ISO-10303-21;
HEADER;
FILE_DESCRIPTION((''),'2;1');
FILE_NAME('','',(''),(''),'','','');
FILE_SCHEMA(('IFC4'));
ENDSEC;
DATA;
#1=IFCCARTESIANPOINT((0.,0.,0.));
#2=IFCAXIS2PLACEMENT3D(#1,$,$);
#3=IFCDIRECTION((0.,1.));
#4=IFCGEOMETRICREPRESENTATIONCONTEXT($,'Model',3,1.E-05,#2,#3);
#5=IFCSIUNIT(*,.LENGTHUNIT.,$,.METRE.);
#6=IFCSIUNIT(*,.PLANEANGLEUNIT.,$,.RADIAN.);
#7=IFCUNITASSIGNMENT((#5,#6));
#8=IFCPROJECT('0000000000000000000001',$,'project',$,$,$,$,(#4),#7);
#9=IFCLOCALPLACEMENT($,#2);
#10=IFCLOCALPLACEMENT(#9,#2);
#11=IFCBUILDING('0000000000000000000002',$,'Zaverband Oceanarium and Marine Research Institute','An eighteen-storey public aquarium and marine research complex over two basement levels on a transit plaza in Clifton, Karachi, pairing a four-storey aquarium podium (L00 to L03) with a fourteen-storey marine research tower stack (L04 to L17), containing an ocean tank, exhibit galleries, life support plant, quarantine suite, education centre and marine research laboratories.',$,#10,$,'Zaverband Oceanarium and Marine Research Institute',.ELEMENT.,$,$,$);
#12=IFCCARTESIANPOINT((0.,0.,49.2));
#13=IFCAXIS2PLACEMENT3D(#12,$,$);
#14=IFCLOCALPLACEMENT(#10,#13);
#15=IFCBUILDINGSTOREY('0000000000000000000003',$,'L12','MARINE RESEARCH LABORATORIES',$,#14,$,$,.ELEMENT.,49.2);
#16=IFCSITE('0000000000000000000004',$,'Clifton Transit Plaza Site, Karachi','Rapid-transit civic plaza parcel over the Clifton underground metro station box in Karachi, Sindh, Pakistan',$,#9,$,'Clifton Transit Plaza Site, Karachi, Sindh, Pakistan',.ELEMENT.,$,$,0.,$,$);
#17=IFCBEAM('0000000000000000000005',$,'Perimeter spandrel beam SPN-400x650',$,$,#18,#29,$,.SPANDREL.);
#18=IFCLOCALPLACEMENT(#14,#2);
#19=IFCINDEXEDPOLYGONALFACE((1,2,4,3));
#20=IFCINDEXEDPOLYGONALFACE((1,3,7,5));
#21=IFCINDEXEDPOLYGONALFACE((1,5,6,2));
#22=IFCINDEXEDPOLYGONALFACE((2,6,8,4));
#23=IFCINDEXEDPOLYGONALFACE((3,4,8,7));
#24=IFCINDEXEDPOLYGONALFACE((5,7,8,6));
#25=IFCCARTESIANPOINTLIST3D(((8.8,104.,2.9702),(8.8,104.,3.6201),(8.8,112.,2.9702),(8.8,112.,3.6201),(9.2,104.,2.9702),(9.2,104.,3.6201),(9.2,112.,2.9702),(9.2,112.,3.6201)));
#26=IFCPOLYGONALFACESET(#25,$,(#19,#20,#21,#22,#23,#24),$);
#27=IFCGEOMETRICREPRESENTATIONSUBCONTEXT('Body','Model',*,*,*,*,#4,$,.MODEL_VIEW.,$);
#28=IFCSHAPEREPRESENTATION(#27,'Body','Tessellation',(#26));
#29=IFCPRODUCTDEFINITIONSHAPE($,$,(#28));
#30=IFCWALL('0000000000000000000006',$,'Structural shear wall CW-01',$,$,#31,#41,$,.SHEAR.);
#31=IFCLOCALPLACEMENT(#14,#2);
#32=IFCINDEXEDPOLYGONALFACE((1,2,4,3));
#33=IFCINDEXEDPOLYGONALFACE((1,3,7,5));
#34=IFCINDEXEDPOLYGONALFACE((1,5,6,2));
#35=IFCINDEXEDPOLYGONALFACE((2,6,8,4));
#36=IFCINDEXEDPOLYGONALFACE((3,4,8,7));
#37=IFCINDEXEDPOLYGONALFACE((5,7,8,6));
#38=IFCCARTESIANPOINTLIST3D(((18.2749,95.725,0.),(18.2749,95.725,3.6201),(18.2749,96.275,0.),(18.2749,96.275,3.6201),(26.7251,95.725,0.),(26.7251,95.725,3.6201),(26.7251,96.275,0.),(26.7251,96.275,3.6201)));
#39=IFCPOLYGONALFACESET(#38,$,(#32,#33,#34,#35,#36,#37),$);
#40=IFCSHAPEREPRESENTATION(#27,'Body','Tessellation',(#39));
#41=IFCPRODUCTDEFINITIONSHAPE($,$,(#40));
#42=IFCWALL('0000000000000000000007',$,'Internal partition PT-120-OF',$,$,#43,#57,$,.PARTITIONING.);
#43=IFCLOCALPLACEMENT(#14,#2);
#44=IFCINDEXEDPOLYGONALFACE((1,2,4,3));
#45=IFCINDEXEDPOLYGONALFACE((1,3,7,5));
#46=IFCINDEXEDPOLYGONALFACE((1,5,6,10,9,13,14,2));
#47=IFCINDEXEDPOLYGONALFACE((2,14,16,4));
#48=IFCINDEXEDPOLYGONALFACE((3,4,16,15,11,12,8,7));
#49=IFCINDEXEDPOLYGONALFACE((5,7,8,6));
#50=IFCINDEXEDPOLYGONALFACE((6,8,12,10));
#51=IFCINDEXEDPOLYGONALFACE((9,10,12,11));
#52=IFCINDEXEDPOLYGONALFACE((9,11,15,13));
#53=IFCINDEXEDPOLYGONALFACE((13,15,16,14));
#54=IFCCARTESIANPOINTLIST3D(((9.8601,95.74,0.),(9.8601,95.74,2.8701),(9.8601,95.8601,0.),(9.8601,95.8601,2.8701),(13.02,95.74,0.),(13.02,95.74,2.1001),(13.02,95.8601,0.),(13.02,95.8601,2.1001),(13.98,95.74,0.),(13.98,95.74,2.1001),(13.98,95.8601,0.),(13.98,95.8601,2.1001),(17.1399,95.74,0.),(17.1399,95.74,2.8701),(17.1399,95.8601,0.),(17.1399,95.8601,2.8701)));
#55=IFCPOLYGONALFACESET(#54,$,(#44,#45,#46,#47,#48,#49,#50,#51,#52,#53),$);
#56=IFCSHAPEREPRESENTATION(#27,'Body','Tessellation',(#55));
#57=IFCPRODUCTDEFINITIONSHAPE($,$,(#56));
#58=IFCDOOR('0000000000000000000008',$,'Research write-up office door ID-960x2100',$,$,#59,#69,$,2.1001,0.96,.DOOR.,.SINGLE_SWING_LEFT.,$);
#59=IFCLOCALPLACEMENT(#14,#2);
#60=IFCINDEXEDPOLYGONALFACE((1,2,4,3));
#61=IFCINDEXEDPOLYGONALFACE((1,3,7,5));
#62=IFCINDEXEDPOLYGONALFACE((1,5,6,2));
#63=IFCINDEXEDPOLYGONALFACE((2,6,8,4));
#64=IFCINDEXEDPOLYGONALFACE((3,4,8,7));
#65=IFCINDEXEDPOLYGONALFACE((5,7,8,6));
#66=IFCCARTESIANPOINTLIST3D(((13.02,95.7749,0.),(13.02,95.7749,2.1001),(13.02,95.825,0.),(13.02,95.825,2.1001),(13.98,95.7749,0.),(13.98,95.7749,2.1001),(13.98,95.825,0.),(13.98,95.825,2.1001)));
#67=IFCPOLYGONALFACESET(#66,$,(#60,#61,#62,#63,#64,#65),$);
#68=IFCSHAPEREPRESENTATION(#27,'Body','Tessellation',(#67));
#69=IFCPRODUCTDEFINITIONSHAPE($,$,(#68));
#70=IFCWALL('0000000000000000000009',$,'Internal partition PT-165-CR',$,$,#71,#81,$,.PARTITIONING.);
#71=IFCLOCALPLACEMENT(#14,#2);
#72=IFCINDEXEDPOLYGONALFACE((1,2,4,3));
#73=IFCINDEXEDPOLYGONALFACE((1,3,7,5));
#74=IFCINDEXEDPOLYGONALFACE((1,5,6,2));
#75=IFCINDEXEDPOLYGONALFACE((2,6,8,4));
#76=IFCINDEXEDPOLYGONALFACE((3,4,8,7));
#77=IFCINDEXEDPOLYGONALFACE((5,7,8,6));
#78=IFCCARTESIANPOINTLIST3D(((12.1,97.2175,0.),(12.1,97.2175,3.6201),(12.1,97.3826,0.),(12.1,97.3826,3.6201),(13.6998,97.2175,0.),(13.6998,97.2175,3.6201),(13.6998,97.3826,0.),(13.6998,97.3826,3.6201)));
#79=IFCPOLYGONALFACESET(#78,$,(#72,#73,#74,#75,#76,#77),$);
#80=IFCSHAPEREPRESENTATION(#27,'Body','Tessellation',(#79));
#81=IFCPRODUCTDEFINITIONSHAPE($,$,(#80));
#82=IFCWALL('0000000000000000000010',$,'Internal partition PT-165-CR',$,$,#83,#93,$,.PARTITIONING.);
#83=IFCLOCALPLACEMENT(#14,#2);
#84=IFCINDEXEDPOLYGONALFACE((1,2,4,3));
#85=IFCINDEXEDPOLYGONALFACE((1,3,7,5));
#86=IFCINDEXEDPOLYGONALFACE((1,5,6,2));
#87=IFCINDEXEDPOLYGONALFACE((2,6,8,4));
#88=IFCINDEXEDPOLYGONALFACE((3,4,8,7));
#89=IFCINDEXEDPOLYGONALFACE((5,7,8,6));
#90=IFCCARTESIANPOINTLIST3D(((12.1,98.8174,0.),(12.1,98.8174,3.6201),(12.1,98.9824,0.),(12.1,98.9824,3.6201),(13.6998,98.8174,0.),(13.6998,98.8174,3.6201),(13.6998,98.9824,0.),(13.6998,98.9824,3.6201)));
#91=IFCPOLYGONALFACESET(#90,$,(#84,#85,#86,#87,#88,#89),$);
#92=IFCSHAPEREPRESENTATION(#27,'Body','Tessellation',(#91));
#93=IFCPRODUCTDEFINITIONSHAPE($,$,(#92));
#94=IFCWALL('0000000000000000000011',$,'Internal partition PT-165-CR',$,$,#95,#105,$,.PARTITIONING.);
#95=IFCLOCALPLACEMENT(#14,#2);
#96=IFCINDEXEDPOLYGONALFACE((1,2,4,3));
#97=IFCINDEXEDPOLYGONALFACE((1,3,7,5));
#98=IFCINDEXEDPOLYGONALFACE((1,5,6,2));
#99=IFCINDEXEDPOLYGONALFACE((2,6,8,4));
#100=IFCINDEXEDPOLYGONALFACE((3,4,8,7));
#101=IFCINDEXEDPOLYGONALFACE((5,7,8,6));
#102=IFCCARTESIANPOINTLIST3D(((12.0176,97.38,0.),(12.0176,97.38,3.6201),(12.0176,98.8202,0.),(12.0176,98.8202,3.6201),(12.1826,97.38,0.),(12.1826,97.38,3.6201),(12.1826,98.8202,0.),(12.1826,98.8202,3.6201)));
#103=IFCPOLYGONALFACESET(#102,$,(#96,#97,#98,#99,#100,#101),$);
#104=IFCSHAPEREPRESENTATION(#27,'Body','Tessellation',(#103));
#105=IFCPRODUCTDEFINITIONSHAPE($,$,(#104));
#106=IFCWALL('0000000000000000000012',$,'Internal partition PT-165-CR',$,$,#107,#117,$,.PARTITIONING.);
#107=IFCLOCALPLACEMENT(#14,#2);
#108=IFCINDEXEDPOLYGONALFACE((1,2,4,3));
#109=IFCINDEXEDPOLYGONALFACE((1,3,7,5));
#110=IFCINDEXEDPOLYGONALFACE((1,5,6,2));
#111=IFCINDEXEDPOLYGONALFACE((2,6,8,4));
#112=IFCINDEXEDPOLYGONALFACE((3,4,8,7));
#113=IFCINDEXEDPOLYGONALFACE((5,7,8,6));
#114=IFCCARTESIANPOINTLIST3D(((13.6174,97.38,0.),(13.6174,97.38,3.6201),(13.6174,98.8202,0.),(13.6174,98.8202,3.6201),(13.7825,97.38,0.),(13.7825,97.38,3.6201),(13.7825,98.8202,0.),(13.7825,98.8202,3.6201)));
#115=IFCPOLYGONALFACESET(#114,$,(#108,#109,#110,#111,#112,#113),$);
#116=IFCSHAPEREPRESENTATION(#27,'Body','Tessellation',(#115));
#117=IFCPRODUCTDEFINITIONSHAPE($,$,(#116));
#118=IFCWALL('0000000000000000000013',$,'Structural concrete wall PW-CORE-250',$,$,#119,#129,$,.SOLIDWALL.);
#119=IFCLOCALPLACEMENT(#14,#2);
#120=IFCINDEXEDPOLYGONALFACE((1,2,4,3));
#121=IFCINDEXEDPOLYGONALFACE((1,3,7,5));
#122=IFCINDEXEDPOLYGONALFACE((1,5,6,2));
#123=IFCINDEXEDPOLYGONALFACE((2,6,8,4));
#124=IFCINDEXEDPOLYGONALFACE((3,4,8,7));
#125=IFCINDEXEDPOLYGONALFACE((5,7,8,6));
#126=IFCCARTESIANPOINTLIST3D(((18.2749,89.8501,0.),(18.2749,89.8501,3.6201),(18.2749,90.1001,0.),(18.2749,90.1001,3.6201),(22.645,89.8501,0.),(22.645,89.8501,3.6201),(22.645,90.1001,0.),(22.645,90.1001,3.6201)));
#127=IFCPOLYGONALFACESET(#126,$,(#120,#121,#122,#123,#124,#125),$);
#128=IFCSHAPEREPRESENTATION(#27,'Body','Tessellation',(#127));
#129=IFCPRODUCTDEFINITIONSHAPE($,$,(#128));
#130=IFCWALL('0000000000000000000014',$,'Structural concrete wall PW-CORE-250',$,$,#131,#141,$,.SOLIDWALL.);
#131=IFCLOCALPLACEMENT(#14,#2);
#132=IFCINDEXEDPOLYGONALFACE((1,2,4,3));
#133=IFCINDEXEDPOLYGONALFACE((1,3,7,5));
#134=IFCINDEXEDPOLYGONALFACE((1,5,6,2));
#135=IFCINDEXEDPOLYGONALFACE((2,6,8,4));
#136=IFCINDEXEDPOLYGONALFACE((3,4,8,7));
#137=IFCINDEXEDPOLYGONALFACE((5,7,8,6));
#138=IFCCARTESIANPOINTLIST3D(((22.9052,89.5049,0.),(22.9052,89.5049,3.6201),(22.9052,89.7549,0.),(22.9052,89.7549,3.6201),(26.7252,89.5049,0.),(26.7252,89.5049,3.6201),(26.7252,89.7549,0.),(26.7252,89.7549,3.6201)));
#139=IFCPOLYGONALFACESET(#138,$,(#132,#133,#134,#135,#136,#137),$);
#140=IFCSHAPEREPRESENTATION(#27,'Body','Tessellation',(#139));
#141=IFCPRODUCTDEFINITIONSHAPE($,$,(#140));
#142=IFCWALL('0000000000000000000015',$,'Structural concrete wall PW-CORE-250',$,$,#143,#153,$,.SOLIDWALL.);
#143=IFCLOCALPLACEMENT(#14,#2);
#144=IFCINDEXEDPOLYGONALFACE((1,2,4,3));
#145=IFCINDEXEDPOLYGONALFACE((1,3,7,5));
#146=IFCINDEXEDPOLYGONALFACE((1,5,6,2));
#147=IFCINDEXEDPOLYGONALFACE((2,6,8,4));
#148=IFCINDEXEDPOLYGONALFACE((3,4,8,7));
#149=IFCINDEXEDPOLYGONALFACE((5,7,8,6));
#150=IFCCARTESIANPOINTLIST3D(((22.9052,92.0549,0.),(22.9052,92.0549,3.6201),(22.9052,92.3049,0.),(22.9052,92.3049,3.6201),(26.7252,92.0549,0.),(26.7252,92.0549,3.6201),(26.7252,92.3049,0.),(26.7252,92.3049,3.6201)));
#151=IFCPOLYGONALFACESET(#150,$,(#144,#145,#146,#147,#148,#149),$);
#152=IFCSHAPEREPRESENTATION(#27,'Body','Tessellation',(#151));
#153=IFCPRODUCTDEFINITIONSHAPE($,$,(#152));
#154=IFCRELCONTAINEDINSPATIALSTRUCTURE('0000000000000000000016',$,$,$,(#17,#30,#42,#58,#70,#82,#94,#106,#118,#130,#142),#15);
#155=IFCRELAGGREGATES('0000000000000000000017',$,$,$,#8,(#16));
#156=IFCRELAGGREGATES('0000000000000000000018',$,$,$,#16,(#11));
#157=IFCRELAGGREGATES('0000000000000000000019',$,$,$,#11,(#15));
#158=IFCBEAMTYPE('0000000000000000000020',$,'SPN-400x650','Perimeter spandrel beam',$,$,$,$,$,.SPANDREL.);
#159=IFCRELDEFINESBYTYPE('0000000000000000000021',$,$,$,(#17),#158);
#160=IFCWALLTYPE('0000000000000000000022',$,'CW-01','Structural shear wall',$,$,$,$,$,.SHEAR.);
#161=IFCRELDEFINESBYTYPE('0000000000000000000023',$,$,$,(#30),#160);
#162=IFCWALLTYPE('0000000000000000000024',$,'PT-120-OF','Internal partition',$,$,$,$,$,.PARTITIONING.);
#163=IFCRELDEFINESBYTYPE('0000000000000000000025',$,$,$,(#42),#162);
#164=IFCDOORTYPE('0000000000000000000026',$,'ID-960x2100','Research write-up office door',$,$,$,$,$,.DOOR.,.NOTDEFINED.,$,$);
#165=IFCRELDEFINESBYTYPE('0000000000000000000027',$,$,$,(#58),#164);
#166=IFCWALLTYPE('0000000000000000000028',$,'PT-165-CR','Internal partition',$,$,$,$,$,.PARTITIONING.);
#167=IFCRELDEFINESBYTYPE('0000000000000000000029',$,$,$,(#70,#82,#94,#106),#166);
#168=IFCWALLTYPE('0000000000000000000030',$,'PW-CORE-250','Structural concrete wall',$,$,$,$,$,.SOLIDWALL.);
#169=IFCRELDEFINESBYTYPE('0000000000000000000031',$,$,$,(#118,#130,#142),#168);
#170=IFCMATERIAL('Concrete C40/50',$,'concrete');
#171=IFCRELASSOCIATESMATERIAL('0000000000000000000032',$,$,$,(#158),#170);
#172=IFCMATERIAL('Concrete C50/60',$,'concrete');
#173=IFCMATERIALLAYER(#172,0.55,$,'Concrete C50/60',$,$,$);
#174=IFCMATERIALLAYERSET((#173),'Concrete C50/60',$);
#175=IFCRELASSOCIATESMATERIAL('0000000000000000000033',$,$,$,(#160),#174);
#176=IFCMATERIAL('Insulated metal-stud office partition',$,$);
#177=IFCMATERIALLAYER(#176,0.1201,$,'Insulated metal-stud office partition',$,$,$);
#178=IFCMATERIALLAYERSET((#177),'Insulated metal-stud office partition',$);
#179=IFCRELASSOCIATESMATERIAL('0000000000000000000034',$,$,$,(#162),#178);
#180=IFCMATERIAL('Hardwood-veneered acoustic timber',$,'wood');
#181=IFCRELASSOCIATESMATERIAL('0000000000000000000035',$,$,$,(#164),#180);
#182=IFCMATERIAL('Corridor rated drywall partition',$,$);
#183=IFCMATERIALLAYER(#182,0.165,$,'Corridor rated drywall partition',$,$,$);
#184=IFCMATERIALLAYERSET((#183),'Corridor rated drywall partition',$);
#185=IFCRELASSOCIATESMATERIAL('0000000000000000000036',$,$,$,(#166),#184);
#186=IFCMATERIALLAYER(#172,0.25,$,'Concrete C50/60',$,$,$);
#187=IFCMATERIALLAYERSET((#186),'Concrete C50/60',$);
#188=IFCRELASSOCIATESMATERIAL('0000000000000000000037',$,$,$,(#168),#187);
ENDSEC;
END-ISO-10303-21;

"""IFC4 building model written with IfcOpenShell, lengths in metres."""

from ifc_helpers import new_model, si_unit, direction, frame, frame_2d, origin, origin_2d, place, context, subcontext, project, spatial, rectangle, extrude, material, layer, layer_set, material_profile, profile_set, type_object, element, fill, save


model = new_model("IFC4")

# Units and contexts
model_context = context("Model", 3, precision=1e-05, world=origin(), true_north=direction((0.0, 1.0)))
body_context = subcontext(model_context, "Body", "Model", "MODEL_VIEW")
ifc_project = project(units=[si_unit("LENGTHUNIT", "METRE"), si_unit("PLANEANGLEUNIT", "RADIAN")], contexts=[model_context])

# Site, building, storey
site_placement = place(None, origin())
site = spatial("IfcSite", under=ifc_project, at=site_placement, Name="Clifton Transit Plaza Site, Karachi", Description="Rapid-transit civic plaza parcel over the Clifton underground metro station box in Karachi, Sindh, Pakistan", LongName="Clifton Transit Plaza Site, Karachi, Sindh, Pakistan", CompositionType="ELEMENT", RefElevation=0.0)
building_placement = place(site_placement, origin())
building = spatial("IfcBuilding", under=site, at=building_placement, Name="Zaverband Oceanarium and Marine Research Institute", Description="An eighteen-storey public aquarium and marine research complex over two basement levels on a transit plaza in Clifton, Karachi, pairing a four-storey aquarium podium (L00 to L03) with a fourteen-storey marine research tower stack (L04 to L17), containing an ocean tank, exhibit galleries, life support plant, quarantine suite, education centre and marine research laboratories.", LongName="Zaverband Oceanarium and Marine Research Institute", CompositionType="ELEMENT")
storey_placement = place(building_placement, frame((0.0, 0.0, 49.2)))
storey = spatial("IfcBuildingStorey", under=building, at=storey_placement, Name="L12", Description="MARINE RESEARCH LABORATORIES", CompositionType="ELEMENT", Elevation=49.2)

# Shared definitions
ifc_material_1 = material(Name="Concrete C50/60", Category="concrete")

# Shared definitions
ifc_material_2 = material(Name="Concrete C40/50", Category="concrete")

# Beam
ifc_material_profile_1 = material_profile(ifc_material_2, rectangle(XDim=0.3999, YDim=0.6499, at=origin_2d()), Name="RC400x650")
ifc_profile_set_1 = profile_set([ifc_material_profile_1], Name="Concrete C40/50")
beam_type_1 = type_object("IfcBeamType", Name="SPN-400x650", Description="Perimeter spandrel beam", PredefinedType="SPANDREL", material=ifc_profile_set_1)
beam_1_placement = place(storey_placement, frame((9.0, 104.0, 3.2952), z_axis=(0.0, 1.0, 0.0), x_axis=(-1.0, 0.0, 0.0)))
element("IfcBeam", 1, at=beam_1_placement, inside=storey, type_object=beam_type_1, Name="Perimeter spandrel beam SPN-400x650", PredefinedType="SPANDREL", context=body_context, shape_type="SweptSolid", body=[
    extrude(rectangle(XDim=0.3999, YDim=0.6499, at=origin_2d()), origin(), (0.0, 0.0, 1.0), 8.0),
])

# Wall
ifc_layer_1 = layer(ifc_material_1, 0.55, Name="Concrete C50/60")
ifc_layer_set_1 = layer_set([ifc_layer_1], Name="Concrete C50/60")
wall_type_1 = type_object("IfcWallType", Name="CW-01", Description="Structural shear wall", PredefinedType="SHEAR", material=ifc_layer_set_1)
wall_1_placement = place(storey_placement, frame((18.2749, 96.0, 0.0), z_axis=(0.0, 0.0, 1.0), x_axis=(1.0, 0.0, 0.0)))
element("IfcWall", 2, at=wall_1_placement, inside=storey, type_object=wall_type_1, Name="Structural shear wall CW-01", PredefinedType="SHEAR", context=body_context, shape_type="SweptSolid", body=[
    extrude(rectangle(XDim=8.4502, YDim=0.55, at=frame_2d((4.2251, 0.0))), origin(), (0.0, 0.0, 1.0), 3.6201),
])

# Wall, opening, door
ifc_material_3 = material(Name="Insulated metal-stud office partition")
ifc_layer_2 = layer(ifc_material_3, 0.1201, Name="Insulated metal-stud office partition")
ifc_layer_set_2 = layer_set([ifc_layer_2], Name="Insulated metal-stud office partition")
wall_type_2 = type_object("IfcWallType", Name="PT-120-OF", Description="Internal partition", PredefinedType="PARTITIONING", material=ifc_layer_set_2)
wall_2_placement = place(storey_placement, frame((9.8601, 95.8, 0.0), z_axis=(0.0, 0.0, 1.0), x_axis=(1.0, 0.0, 0.0)))
wall_2 = element("IfcWall", 3, at=wall_2_placement, inside=storey, type_object=wall_type_2, Name="Internal partition PT-120-OF", PredefinedType="PARTITIONING", context=body_context, shape_type="SweptSolid", body=[
    extrude(rectangle(XDim=7.2798, YDim=0.1201, at=frame_2d((3.6399, 0.0))), origin(), (0.0, 0.0, 1.0), 2.8701),
])
opening_placement = place(wall_2_placement, frame((3.1599, 0.0, 0.0)))
opening = element("IfcOpeningElement", 4, at=opening_placement, cuts=wall_2, PredefinedType="OPENING", context=body_context, shape_type="SweptSolid", body=[
    extrude(rectangle(XDim=0.96, YDim=2.1001, at=frame_2d((0.48, 1.05))), frame((0.0, 0.072, 0.0), z_axis=(0.0, -1.0, 0.0), x_axis=(1.0, 0.0, 0.0)), (0.0, 0.0, 1.0), 0.144),
])
ifc_material_4 = material(Name="Hardwood-veneered acoustic timber", Category="wood")
door_type = type_object("IfcDoorType", Name="ID-960x2100", Description="Research write-up office door", OperationType="NOTDEFINED", PredefinedType="DOOR", material=ifc_material_4)
door_placement = place(opening_placement, origin())
door = element("IfcDoor", 5, at=door_placement, inside=storey, type_object=door_type, Name="Research write-up office door ID-960x2100", OperationType="SINGLE_SWING_LEFT", OverallHeight=2.1001, OverallWidth=0.96, PredefinedType="DOOR", context=body_context, shape_type="SweptSolid", body=[
    extrude(rectangle(XDim=0.96, YDim=2.1001, at=frame_2d((0.48, 1.05))), frame((0.0, 0.0249, 0.0), z_axis=(0.0, -1.0, 0.0), x_axis=(1.0, 0.0, 0.0)), (0.0, 0.0, 1.0), 0.05),
])
fill(opening, door)

# Walls
ifc_material_5 = material(Name="Corridor rated drywall partition")
ifc_layer_3 = layer(ifc_material_5, 0.165, Name="Corridor rated drywall partition")
ifc_layer_set_3 = layer_set([ifc_layer_3], Name="Corridor rated drywall partition")
wall_type_3 = type_object("IfcWallType", Name="PT-165-CR", Description="Internal partition", PredefinedType="PARTITIONING", material=ifc_layer_set_3)
for number, where, z_axis, x_axis, name in (
    (6, (12.1001, 97.3, 0.0), (0.0, 0.0, 1.0), (1.0, 0.0, 0.0), "Internal partition PT-165-CR"),
    (7, (12.1001, 98.8999, 0.0), (0.0, 0.0, 1.0), (1.0, 0.0, 0.0), "Internal partition PT-165-CR"),
):
    element("IfcWall", number, at=place(storey_placement, frame(where, z_axis=z_axis, x_axis=x_axis)), inside=storey, type_object=wall_type_3, Name=name, PredefinedType="PARTITIONING", context=body_context, shape_type="SweptSolid", body=[
        extrude(rectangle(XDim=1.5999, YDim=0.165, at=frame_2d((0.7998, 0.0))), origin(), (0.0, 0.0, 1.0), 3.6201),
    ])
for number, where, z_axis, x_axis, name in (
    (8, (12.1001, 97.3799, 0.0), (0.0, 0.0, 1.0), (0.0, 1.0, 0.0), "Internal partition PT-165-CR"),
    (9, (13.7, 97.3799, 0.0), (0.0, 0.0, 1.0), (0.0, 1.0, 0.0), "Internal partition PT-165-CR"),
):
    element("IfcWall", number, at=place(storey_placement, frame(where, z_axis=z_axis, x_axis=x_axis)), inside=storey, type_object=wall_type_3, Name=name, PredefinedType="PARTITIONING", context=body_context, shape_type="SweptSolid", body=[
        extrude(rectangle(XDim=1.4402, YDim=0.165, at=frame_2d((0.7202, 0.0))), origin(), (0.0, 0.0, 1.0), 3.6201),
    ])
ifc_layer_4 = layer(ifc_material_1, 0.25, Name="Concrete C50/60")
ifc_layer_set_4 = layer_set([ifc_layer_4], Name="Concrete C50/60")
wall_type_4 = type_object("IfcWallType", Name="PW-CORE-250", Description="Structural concrete wall", PredefinedType="SOLIDWALL", material=ifc_layer_set_4)
wall_3_placement = place(storey_placement, frame((18.2749, 89.9751, 0.0), z_axis=(0.0, 0.0, 1.0), x_axis=(1.0, 0.0, 0.0)))
element("IfcWall", 10, at=wall_3_placement, inside=storey, type_object=wall_type_4, Name="Structural concrete wall PW-CORE-250", PredefinedType="SOLIDWALL", context=body_context, shape_type="SweptSolid", body=[
    extrude(rectangle(XDim=4.3701, YDim=0.25, at=frame_2d((2.1851, 0.0))), origin(), (0.0, 0.0, 1.0), 3.6201),
])
for number, where, z_axis, x_axis, name in (
    (11, (22.905, 89.6299, 0.0), (0.0, 0.0, 1.0), (1.0, 0.0, 0.0), "Structural concrete wall PW-CORE-250"),
    (12, (22.905, 92.1799, 0.0), (0.0, 0.0, 1.0), (1.0, 0.0, 0.0), "Structural concrete wall PW-CORE-250"),
):
    element("IfcWall", number, at=place(storey_placement, frame(where, z_axis=z_axis, x_axis=x_axis)), inside=storey, type_object=wall_type_4, Name=name, PredefinedType="SOLIDWALL", context=body_context, shape_type="SweptSolid", body=[
        extrude(rectangle(XDim=3.8201, YDim=0.25, at=frame_2d((1.9102, 0.0))), origin(), (0.0, 0.0, 1.0), 3.6201),
    ])

save(model, "model.ifc")
